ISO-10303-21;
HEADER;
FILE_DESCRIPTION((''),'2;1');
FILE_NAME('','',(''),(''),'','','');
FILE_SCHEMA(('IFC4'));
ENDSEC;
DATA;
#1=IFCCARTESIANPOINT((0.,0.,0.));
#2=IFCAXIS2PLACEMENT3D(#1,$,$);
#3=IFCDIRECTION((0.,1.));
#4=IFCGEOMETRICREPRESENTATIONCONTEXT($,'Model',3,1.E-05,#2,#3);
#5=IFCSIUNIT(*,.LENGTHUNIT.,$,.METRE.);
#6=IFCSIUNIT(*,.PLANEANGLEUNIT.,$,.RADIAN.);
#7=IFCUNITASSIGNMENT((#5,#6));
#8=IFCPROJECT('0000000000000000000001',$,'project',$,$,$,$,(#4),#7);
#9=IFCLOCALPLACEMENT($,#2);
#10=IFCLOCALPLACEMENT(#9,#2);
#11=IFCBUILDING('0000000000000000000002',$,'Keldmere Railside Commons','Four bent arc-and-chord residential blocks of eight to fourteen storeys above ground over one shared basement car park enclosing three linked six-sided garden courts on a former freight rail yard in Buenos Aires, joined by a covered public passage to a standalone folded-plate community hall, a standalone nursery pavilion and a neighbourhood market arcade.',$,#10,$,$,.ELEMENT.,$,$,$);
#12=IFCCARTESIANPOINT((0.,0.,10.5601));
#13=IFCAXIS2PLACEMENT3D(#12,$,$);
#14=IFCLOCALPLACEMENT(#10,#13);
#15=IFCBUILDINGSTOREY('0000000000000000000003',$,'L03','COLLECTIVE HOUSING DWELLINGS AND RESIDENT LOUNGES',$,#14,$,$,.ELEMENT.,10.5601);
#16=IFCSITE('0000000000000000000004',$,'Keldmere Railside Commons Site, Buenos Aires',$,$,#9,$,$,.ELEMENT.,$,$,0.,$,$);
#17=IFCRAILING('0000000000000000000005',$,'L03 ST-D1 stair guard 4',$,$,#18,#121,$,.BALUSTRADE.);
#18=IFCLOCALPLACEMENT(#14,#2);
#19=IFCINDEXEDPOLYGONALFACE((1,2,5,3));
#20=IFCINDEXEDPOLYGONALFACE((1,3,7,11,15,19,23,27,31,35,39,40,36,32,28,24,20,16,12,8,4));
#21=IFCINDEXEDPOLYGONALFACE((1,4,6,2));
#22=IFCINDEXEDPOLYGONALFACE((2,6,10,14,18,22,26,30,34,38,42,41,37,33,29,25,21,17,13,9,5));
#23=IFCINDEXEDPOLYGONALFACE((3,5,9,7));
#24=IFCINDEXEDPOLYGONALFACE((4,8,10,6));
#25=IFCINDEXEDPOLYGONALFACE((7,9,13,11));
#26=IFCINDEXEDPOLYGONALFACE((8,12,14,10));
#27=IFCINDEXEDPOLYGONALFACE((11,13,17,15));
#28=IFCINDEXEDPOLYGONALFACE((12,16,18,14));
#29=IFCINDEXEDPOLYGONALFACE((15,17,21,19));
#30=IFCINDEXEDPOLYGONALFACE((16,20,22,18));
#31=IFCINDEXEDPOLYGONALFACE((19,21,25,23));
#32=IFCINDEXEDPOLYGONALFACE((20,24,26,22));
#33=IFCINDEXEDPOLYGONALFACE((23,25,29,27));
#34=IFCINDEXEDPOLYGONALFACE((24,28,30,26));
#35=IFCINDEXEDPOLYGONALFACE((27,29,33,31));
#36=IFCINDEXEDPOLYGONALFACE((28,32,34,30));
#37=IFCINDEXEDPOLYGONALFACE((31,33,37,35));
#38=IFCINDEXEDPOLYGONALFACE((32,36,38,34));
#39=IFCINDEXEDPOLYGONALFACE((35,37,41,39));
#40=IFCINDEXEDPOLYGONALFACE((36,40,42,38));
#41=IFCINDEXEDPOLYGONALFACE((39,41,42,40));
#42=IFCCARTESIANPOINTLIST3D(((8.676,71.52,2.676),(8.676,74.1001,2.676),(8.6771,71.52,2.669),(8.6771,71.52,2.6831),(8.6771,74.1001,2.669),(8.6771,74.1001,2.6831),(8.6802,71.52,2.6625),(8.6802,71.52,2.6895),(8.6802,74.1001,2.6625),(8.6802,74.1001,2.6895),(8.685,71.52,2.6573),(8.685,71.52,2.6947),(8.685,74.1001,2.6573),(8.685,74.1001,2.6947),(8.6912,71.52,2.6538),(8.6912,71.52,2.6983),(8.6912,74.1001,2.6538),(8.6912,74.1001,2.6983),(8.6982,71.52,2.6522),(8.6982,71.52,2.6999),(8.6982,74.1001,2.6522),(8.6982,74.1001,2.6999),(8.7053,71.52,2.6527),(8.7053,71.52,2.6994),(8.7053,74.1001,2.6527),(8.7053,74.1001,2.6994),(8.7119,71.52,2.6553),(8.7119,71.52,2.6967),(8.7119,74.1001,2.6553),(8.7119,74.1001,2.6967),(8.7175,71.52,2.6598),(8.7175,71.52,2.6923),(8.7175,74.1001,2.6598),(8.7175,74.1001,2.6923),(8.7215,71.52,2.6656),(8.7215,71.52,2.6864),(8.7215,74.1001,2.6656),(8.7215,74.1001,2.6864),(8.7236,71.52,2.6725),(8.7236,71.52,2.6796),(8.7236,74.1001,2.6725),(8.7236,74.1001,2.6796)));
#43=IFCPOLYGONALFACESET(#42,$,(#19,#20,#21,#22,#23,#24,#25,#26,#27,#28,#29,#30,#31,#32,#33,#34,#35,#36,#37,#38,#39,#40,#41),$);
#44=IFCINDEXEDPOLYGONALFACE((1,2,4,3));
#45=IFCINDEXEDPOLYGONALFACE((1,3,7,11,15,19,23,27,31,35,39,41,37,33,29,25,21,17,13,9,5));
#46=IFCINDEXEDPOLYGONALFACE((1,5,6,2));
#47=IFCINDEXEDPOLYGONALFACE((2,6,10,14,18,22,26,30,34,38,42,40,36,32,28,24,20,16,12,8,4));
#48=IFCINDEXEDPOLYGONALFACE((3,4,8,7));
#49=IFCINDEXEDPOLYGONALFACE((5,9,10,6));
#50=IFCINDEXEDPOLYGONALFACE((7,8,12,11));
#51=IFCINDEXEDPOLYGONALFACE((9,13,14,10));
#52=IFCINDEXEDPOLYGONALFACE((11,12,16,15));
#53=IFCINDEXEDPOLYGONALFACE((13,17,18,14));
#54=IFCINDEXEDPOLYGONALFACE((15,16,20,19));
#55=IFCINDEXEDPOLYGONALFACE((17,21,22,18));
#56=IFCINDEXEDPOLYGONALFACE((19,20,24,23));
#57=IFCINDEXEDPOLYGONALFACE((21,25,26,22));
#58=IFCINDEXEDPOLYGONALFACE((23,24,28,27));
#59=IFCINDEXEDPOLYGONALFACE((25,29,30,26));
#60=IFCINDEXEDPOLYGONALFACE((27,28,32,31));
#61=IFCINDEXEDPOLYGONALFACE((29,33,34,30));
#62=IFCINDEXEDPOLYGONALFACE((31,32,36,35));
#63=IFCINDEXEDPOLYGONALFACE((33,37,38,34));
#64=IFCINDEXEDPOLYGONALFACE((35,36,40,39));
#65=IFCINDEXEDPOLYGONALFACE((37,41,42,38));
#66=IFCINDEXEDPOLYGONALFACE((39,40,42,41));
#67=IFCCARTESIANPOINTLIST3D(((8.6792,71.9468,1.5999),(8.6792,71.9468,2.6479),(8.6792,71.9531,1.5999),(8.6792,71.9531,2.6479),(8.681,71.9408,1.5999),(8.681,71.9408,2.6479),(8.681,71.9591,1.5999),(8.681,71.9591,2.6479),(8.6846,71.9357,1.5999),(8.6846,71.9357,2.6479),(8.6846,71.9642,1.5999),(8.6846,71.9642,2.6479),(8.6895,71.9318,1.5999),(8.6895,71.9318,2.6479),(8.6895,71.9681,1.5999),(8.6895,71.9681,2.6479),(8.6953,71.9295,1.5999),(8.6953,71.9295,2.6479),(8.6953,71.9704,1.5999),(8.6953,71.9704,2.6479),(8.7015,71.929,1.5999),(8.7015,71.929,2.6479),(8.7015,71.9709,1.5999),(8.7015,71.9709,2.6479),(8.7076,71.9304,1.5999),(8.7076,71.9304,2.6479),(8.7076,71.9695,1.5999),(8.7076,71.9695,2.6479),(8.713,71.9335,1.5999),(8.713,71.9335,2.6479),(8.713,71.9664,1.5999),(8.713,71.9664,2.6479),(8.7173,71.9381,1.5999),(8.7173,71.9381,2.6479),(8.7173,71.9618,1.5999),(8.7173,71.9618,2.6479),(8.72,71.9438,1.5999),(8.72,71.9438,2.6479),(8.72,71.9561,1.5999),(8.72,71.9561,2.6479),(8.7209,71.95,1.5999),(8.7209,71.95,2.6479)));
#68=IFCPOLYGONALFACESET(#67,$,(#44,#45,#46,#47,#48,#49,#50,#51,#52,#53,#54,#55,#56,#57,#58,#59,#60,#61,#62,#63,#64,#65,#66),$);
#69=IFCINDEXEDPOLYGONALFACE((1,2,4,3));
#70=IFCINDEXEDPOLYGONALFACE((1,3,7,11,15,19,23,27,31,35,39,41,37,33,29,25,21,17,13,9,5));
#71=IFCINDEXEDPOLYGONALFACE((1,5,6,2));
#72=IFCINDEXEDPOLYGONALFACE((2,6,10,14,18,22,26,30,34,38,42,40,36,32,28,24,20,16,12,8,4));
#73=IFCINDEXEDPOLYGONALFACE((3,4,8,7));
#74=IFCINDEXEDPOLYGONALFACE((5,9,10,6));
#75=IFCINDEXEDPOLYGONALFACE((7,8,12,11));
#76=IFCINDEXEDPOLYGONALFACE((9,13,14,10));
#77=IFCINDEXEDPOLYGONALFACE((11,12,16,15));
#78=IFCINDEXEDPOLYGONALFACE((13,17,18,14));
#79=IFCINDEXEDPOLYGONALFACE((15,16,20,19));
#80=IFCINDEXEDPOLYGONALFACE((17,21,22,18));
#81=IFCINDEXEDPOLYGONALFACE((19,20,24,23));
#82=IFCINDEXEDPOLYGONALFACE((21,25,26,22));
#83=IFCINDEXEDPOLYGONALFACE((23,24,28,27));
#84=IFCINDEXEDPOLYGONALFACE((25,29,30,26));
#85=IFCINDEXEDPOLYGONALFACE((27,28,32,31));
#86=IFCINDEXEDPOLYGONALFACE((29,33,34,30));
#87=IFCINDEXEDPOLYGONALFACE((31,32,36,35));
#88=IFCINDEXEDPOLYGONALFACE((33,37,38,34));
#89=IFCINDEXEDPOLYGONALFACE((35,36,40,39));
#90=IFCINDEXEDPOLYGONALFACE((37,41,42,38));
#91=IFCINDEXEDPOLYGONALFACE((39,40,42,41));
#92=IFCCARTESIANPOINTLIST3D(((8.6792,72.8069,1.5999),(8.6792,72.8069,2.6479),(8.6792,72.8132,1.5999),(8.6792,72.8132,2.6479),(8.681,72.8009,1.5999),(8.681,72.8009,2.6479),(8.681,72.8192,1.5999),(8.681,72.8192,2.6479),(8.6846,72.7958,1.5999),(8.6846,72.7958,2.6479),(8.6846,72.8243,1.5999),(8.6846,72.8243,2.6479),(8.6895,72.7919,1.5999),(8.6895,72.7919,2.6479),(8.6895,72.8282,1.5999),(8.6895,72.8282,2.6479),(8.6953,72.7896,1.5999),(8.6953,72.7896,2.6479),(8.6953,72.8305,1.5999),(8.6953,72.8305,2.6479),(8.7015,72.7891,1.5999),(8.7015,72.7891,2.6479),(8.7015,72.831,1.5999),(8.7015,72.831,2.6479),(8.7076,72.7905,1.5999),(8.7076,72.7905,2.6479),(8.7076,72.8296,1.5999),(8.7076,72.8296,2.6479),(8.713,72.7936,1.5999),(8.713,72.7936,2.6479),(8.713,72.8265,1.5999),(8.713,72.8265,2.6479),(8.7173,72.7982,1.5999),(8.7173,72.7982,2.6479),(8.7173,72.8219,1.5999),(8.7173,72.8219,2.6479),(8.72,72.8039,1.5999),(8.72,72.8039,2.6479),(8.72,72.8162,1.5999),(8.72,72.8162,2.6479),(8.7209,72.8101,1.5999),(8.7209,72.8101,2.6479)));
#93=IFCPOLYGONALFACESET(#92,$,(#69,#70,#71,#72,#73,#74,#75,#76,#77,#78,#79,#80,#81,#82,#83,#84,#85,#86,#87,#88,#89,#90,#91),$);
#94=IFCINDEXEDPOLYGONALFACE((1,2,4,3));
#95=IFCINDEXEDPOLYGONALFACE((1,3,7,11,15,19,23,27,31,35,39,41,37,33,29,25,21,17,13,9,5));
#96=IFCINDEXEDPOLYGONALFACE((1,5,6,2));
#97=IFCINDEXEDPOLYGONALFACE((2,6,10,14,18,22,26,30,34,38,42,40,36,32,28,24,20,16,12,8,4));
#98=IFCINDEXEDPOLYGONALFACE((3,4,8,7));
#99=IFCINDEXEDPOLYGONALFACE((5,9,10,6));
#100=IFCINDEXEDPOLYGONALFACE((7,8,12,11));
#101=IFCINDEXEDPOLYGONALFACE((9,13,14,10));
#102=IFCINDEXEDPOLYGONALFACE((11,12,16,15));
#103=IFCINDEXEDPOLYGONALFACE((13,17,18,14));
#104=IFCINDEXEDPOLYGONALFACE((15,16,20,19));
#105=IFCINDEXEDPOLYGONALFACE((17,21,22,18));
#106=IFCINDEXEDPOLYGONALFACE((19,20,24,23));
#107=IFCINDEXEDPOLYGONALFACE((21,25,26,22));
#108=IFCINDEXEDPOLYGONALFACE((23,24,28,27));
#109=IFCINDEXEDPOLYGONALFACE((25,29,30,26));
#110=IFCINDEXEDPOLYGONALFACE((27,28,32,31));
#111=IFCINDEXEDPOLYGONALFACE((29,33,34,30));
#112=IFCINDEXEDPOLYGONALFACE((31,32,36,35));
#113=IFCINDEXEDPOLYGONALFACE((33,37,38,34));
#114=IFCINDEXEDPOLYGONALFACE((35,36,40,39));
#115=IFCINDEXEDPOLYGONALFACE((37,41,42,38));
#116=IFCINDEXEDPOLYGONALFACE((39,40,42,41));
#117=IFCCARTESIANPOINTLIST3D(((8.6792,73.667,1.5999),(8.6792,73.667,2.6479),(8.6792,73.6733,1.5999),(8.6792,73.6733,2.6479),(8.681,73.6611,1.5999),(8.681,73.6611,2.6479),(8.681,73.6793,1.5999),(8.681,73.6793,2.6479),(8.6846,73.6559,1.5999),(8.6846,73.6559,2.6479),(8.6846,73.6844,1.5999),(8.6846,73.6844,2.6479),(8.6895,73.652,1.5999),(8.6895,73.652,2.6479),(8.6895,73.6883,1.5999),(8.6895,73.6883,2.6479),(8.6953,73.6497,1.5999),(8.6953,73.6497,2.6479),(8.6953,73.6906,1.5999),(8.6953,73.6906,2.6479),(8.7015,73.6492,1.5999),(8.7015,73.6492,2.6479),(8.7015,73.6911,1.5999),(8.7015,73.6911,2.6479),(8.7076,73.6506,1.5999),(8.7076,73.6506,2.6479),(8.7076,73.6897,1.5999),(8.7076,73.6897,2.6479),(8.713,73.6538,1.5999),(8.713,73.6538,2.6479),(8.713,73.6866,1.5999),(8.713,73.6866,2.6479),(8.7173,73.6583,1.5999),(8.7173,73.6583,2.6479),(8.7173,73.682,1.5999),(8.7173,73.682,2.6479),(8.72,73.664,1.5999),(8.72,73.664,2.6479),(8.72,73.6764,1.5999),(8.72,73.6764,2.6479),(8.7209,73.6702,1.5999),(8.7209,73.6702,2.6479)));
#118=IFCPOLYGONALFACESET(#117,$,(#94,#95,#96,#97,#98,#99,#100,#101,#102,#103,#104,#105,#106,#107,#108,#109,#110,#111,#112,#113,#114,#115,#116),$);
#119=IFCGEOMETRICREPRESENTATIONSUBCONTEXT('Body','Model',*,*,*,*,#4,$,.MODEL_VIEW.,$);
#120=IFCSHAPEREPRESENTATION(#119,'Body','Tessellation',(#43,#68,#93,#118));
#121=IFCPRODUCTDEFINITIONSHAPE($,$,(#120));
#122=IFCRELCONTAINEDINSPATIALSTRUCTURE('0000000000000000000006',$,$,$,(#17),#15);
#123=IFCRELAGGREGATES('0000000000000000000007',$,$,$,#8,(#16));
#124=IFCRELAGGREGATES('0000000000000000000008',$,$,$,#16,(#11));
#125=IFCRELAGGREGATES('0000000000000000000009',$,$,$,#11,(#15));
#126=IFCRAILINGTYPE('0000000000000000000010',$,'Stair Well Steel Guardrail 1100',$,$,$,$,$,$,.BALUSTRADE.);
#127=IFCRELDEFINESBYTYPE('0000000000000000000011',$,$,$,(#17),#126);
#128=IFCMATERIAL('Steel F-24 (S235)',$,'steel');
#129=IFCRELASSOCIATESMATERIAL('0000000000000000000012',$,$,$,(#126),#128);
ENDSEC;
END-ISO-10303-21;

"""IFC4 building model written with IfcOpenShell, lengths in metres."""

from ifc_helpers import new_model, si_unit, direction, frame, origin, origin_2d, place, context, subcontext, project, spatial, circle, extrude, material, type_object, element, save


model = new_model("IFC4")

# Units and contexts
model_context = context("Model", 3, precision=1e-05, world=origin(), true_north=direction((0.0, 1.0)))
body_context = subcontext(model_context, "Body", "Model", "MODEL_VIEW")
ifc_project = project(units=[si_unit("LENGTHUNIT", "METRE"), si_unit("PLANEANGLEUNIT", "RADIAN")], contexts=[model_context])

# Site, building, storey
site_placement = place(None, origin())
site = spatial("IfcSite", under=ifc_project, at=site_placement, Name="Keldmere Railside Commons Site, Buenos Aires", CompositionType="ELEMENT", RefElevation=0.0)
building_placement = place(site_placement, origin())
building = spatial("IfcBuilding", under=site, at=building_placement, Name="Keldmere Railside Commons", Description="Four bent arc-and-chord residential blocks of eight to fourteen storeys above ground over one shared basement car park enclosing three linked six-sided garden courts on a former freight rail yard in Buenos Aires, joined by a covered public passage to a standalone folded-plate community hall, a standalone nursery pavilion and a neighbourhood market arcade.", CompositionType="ELEMENT")
storey_placement = place(building_placement, frame((0.0, 0.0, 10.5601)))
storey = spatial("IfcBuildingStorey", under=building, at=storey_placement, Name="L03", Description="COLLECTIVE HOUSING DWELLINGS AND RESIDENT LOUNGES", CompositionType="ELEMENT", Elevation=10.5601)

# Railing
ifc_material_1 = material(Name="Steel F-24 (S235)", Category="steel")
railing_type_1 = type_object("IfcRailingType", Name="Stair Well Steel Guardrail 1100", PredefinedType="BALUSTRADE", material=ifc_material_1)
railing_1_placement = place(storey_placement, frame((8.7, 71.52, 1.5999)))
element("IfcRailing", 1, at=railing_1_placement, inside=storey, type_object=railing_type_1, Name="L03 ST-D1 stair guard 4", PredefinedType="BALUSTRADE", context=body_context, shape_type="SweptSolid", body=[
    extrude(circle(Radius=0.0239, at=origin_2d()), frame((0.0, 0.0, 1.0762), z_axis=(0.0, 1.0, 0.0), x_axis=(-1.0, 0.0, 0.0)), (0.0, 0.0, 1.0), 2.5801),
    extrude(circle(Radius=0.021, at=origin_2d()), frame((0.0, 0.4299, 0.0)), (0.0, 0.0, 1.0), 1.0481),
    extrude(circle(Radius=0.021, at=origin_2d()), frame((0.0, 1.29, 0.0)), (0.0, 0.0, 1.0), 1.0481),
    extrude(circle(Radius=0.021, at=origin_2d()), frame((0.0, 2.1501, 0.0)), (0.0, 0.0, 1.0), 1.0481),
])

save(model, "model.ifc")
